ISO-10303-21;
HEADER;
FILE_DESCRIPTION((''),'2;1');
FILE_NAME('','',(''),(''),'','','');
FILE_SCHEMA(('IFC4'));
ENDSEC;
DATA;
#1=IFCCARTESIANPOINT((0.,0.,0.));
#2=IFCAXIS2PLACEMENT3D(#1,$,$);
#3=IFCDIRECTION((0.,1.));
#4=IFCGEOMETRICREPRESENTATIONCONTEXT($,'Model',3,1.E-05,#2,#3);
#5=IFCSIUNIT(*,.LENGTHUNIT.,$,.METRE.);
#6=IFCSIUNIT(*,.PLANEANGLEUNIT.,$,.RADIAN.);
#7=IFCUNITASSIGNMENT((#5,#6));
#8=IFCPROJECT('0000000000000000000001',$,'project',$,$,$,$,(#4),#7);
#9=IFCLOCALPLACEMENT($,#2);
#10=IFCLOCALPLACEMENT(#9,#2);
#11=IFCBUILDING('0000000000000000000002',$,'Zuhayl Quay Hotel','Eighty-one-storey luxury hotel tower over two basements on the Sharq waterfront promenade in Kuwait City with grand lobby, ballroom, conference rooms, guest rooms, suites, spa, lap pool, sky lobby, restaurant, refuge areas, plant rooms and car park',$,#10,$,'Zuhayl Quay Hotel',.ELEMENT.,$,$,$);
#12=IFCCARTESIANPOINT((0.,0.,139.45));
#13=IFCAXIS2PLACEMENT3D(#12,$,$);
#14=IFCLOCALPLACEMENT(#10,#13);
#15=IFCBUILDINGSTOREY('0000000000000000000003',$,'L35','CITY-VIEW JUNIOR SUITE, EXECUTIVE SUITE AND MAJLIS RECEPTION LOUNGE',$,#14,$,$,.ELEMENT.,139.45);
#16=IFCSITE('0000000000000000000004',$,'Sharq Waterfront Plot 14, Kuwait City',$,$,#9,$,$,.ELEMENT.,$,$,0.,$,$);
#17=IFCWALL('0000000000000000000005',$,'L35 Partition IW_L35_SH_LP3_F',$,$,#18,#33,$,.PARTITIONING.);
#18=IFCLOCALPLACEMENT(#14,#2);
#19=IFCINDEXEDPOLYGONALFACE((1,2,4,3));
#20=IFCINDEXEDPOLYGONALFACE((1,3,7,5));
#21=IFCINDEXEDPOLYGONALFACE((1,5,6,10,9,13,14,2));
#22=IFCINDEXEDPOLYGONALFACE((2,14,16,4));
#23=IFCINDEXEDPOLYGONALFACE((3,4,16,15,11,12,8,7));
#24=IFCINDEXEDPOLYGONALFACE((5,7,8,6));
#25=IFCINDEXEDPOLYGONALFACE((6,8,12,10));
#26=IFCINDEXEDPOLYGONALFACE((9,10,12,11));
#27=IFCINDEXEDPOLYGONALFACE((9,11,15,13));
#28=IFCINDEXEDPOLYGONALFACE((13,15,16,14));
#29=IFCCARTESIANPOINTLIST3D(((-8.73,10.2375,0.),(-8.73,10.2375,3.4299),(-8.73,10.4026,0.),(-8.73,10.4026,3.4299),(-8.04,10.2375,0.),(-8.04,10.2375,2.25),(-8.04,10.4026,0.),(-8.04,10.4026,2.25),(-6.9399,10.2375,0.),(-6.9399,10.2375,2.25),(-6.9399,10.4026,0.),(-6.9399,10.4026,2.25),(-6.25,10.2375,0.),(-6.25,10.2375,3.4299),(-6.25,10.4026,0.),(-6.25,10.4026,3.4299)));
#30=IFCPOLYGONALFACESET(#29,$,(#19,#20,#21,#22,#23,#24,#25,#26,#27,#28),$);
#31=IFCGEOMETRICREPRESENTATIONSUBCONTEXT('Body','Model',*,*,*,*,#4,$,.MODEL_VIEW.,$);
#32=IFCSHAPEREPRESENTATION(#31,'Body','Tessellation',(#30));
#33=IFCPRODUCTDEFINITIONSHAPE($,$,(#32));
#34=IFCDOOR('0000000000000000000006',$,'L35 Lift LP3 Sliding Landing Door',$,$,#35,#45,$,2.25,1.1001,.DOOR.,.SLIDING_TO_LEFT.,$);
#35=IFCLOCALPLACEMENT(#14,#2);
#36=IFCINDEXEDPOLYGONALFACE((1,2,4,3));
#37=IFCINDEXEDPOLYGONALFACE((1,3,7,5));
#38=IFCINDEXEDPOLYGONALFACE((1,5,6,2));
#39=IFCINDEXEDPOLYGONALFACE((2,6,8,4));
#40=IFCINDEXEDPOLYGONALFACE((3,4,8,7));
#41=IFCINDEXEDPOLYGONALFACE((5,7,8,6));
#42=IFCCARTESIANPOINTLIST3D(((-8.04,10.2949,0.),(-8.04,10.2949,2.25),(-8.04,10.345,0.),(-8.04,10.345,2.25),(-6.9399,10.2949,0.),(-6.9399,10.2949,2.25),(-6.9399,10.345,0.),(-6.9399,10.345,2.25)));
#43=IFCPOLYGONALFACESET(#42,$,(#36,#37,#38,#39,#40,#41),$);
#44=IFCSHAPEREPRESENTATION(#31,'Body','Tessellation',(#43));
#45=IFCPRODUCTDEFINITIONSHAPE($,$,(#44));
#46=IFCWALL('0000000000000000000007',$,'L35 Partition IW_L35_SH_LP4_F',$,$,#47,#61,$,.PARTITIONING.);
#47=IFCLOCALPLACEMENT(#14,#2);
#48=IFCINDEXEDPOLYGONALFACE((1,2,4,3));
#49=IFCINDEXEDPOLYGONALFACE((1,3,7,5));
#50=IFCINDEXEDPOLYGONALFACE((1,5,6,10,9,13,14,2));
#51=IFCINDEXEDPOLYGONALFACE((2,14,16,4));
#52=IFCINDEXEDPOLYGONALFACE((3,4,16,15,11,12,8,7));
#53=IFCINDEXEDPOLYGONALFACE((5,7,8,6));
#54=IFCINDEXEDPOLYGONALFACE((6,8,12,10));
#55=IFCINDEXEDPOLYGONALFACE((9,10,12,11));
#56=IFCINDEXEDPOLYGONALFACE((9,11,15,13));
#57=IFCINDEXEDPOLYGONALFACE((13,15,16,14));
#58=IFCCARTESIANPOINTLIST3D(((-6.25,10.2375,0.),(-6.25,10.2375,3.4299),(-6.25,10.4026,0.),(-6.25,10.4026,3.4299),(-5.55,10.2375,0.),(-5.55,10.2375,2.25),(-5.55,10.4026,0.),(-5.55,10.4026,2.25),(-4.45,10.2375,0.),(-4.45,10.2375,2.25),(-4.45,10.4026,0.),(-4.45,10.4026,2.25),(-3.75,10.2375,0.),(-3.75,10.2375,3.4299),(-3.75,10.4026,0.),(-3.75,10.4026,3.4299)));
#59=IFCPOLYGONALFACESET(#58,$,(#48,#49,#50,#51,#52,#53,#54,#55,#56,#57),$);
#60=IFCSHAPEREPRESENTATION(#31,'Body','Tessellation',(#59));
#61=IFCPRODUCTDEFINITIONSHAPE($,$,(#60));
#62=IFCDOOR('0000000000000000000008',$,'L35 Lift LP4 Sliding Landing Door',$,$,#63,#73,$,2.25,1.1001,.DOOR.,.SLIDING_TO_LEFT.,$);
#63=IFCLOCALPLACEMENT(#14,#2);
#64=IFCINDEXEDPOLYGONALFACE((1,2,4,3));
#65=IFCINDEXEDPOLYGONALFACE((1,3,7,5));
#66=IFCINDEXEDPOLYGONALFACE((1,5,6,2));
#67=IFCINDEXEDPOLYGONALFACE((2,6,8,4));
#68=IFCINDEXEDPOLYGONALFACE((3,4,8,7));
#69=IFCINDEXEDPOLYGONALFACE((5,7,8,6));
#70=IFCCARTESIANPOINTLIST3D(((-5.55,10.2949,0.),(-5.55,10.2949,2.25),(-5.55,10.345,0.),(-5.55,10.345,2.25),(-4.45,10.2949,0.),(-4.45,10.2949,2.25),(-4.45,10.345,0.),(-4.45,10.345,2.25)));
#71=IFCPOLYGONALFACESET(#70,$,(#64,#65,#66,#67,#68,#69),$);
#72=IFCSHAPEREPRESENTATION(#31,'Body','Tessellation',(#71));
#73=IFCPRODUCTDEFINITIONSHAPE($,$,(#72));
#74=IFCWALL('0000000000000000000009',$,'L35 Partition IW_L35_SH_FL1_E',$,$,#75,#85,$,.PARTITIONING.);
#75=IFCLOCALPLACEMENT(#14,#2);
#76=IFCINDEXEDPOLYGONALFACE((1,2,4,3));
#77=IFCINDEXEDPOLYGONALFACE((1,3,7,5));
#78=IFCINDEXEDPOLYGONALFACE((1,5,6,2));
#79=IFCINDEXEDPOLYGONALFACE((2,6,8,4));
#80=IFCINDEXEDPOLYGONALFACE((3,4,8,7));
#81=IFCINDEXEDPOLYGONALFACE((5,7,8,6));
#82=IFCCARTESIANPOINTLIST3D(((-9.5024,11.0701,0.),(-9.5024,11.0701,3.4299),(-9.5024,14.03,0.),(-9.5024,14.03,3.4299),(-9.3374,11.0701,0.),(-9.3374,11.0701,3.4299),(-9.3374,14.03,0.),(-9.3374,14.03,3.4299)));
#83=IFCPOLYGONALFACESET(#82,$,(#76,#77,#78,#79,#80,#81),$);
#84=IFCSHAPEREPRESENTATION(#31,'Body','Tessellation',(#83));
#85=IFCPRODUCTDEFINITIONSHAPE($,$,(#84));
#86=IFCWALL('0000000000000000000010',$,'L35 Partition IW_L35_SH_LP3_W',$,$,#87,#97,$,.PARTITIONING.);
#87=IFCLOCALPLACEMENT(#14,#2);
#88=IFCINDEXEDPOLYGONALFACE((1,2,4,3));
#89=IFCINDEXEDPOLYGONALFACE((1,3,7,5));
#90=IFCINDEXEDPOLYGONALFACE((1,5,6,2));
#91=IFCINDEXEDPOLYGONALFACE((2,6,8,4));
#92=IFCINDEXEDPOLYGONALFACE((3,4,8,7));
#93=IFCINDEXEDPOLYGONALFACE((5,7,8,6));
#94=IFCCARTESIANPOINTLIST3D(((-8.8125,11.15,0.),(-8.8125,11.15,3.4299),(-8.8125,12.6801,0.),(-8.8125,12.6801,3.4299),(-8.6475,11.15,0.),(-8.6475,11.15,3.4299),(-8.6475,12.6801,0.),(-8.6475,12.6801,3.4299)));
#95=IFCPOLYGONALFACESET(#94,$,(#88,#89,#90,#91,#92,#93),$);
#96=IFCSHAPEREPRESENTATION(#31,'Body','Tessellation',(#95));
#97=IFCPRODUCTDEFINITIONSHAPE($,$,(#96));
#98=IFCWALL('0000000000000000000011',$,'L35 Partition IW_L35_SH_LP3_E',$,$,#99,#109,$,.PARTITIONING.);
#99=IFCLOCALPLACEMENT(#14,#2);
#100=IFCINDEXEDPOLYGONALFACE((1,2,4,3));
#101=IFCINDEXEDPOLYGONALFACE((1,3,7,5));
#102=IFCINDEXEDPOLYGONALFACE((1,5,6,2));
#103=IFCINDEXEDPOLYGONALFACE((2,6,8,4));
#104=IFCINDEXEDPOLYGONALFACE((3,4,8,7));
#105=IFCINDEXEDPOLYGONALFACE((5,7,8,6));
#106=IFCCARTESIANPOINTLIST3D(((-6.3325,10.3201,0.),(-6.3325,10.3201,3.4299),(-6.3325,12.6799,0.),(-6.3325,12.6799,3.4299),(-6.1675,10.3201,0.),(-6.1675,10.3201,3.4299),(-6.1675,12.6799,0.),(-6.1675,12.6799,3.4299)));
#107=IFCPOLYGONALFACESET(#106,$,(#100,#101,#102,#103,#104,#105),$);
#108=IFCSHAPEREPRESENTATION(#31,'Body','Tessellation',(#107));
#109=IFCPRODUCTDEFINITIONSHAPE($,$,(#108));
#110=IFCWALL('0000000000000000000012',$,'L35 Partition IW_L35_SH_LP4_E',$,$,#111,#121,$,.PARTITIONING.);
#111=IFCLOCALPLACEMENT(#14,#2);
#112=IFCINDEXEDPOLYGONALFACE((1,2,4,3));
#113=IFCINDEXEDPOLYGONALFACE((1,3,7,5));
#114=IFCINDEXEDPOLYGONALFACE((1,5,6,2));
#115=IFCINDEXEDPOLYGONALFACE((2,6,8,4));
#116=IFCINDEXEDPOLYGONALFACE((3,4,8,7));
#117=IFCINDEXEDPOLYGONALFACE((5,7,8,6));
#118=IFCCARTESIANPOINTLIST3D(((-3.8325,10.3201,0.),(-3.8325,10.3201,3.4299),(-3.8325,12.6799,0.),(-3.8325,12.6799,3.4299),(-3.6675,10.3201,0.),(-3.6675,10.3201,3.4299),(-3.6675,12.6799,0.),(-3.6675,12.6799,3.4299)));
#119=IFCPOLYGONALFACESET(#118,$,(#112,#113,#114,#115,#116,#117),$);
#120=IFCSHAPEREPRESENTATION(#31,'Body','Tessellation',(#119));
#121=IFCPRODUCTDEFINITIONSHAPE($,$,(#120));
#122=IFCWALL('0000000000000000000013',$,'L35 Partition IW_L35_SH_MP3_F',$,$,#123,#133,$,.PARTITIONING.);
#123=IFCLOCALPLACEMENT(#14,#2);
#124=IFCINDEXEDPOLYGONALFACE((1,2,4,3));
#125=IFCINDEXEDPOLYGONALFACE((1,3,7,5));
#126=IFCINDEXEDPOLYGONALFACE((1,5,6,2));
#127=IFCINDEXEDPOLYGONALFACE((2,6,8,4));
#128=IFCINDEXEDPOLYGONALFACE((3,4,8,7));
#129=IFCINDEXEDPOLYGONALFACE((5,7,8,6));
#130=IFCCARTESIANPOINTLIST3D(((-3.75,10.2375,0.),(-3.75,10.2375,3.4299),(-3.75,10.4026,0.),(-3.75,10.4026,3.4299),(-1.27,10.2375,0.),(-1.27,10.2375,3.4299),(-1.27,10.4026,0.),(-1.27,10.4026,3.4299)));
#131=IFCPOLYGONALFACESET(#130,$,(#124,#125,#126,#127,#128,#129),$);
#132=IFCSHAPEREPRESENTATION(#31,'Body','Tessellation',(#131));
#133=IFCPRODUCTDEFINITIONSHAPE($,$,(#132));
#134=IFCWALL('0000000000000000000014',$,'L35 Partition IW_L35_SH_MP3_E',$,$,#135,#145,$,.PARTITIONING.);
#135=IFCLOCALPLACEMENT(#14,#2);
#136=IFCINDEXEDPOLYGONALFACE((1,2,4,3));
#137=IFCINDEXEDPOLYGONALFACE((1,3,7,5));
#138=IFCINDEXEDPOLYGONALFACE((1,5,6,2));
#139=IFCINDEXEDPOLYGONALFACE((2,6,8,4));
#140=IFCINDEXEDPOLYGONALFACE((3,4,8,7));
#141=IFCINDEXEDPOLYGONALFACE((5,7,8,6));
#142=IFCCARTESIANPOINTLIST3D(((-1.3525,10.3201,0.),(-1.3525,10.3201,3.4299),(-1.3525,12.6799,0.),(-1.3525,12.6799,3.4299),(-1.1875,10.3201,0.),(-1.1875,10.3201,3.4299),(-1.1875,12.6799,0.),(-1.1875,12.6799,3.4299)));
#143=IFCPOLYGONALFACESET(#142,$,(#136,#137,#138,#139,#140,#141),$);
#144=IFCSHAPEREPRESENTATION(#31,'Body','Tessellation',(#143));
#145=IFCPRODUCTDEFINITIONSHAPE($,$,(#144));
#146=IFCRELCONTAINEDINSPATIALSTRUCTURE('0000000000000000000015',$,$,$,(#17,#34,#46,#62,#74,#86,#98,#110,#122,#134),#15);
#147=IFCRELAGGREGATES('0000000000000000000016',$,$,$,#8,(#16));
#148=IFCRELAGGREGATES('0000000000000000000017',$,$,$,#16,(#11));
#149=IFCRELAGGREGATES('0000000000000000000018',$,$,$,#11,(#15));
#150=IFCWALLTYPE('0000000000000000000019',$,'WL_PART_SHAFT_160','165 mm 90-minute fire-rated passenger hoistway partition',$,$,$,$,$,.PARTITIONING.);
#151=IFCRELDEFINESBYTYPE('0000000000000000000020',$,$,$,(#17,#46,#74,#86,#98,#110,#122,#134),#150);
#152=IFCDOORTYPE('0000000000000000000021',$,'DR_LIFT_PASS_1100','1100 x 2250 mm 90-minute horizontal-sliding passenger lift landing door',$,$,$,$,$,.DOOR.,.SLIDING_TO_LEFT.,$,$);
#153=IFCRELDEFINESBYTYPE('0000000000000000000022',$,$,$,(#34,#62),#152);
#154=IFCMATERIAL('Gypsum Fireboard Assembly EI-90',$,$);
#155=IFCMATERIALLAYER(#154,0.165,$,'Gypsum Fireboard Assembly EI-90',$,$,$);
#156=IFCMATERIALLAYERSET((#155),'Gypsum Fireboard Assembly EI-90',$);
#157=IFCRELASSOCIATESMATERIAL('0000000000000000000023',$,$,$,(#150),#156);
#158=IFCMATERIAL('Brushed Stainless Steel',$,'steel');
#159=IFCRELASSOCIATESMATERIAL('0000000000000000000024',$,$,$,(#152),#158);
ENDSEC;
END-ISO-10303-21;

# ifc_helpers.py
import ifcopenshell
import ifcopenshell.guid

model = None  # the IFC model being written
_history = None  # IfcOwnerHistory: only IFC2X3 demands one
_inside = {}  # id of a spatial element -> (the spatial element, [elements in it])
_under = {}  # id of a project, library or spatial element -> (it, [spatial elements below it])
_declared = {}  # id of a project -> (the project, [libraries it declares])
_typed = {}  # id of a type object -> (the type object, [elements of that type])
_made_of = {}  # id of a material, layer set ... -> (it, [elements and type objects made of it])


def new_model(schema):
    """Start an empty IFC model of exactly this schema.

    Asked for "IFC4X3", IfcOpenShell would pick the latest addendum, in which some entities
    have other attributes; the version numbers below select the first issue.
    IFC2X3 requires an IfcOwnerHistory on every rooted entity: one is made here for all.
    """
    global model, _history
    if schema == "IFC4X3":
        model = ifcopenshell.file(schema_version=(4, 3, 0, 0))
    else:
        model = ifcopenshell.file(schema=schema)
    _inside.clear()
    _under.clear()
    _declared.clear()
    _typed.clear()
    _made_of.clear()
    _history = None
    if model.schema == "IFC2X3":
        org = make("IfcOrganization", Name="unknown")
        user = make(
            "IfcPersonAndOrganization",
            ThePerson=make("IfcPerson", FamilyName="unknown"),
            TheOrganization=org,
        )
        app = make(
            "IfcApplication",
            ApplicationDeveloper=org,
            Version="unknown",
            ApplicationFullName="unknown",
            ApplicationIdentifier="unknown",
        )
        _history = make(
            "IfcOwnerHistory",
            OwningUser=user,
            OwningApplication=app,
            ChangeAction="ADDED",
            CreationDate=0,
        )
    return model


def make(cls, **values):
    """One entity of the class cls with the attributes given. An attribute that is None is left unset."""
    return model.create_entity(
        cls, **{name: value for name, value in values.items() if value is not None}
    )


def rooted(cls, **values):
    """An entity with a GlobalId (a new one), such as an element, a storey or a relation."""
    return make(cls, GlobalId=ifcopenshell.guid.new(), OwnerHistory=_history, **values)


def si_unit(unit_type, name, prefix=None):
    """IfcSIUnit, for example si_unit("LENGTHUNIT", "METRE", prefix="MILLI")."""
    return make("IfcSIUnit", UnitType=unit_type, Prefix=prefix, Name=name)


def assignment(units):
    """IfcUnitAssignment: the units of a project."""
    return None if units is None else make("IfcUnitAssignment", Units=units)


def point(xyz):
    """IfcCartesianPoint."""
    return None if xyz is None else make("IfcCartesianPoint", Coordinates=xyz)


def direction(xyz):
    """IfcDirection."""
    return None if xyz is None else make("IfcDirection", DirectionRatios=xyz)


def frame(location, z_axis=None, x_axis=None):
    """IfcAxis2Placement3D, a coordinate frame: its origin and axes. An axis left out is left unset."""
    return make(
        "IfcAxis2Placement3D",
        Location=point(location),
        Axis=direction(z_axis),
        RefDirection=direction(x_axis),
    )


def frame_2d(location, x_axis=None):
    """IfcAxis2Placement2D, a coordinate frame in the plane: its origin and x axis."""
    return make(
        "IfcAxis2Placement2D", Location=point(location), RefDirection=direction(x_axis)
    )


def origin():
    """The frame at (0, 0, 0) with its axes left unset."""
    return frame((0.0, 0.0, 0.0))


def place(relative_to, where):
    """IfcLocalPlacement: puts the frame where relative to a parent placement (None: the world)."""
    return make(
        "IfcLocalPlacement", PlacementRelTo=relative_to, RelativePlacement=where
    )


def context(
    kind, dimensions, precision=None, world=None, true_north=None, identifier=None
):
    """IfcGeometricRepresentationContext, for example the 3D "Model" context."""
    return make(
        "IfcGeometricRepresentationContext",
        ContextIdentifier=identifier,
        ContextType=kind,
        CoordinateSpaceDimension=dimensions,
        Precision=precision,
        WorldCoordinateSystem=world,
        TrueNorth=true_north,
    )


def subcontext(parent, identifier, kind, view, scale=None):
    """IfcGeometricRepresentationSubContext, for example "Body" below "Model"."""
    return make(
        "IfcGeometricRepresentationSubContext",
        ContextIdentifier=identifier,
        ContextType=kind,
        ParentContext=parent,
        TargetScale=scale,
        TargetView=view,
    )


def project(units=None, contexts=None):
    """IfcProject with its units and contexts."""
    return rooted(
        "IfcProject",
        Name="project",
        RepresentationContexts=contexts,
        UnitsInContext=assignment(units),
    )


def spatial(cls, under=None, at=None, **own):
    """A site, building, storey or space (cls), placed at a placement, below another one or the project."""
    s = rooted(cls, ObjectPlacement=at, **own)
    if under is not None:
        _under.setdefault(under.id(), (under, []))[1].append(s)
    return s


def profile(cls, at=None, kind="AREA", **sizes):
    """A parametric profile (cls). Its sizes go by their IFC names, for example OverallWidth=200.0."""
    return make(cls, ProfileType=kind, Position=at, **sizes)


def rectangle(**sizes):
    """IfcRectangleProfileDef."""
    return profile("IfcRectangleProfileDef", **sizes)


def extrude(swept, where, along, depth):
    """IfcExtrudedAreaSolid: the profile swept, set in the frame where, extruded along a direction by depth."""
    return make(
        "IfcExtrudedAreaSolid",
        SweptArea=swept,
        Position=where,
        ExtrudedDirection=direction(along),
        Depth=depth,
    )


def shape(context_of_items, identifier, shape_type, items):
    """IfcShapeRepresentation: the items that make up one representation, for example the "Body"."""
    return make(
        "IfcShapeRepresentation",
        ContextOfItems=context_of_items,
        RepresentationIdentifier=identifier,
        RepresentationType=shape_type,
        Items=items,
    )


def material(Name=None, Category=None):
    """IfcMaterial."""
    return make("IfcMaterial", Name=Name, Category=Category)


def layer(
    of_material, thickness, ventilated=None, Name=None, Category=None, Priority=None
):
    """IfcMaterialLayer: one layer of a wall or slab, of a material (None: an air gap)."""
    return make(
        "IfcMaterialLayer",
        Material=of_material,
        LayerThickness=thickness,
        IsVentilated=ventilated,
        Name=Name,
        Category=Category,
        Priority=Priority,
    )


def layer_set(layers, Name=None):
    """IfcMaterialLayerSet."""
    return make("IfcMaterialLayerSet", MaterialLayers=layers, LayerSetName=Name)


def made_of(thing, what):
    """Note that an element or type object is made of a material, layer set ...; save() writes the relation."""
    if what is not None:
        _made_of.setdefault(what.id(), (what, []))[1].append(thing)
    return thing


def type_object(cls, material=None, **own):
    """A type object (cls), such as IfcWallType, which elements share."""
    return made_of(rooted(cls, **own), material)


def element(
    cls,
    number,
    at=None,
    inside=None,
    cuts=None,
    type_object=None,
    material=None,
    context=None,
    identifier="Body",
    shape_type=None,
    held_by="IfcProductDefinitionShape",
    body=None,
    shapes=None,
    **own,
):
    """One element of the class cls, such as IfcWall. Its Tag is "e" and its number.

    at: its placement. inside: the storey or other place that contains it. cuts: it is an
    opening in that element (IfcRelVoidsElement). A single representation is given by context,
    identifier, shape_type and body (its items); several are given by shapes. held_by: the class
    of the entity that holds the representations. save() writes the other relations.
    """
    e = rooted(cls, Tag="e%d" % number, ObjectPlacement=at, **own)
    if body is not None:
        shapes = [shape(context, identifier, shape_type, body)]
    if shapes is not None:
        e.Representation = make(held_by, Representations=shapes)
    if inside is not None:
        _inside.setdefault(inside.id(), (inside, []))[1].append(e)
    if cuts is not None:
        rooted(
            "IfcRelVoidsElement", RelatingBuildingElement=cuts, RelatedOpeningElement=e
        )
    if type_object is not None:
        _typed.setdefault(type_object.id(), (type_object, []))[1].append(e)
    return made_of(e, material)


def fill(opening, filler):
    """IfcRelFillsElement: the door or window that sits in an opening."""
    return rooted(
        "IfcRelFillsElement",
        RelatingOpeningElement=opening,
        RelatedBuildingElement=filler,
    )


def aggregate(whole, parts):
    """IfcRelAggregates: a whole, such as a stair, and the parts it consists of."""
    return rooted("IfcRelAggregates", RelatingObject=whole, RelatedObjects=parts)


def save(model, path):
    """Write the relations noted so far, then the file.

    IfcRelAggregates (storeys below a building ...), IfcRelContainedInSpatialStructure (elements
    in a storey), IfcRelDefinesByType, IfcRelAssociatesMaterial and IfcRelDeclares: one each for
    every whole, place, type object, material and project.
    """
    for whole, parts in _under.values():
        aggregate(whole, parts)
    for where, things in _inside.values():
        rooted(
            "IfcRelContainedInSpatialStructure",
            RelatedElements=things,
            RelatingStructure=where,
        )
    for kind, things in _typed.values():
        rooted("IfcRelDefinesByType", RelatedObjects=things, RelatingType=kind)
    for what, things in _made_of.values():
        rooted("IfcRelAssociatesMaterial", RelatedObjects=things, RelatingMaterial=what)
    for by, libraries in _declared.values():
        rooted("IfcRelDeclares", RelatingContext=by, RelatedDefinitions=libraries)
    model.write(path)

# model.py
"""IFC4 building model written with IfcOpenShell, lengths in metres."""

from ifc_helpers import new_model, si_unit, direction, frame, frame_2d, origin, place, context, subcontext, project, spatial, rectangle, extrude, material, layer, layer_set, type_object, element, fill, save


model = new_model("IFC4")

# Units and contexts
model_context = context("Model", 3, precision=1e-05, world=origin(), true_north=direction((0.0, 1.0)))
body_context = subcontext(model_context, "Body", "Model", "MODEL_VIEW")
ifc_project = project(units=[si_unit("LENGTHUNIT", "METRE"), si_unit("PLANEANGLEUNIT", "RADIAN")], contexts=[model_context])

# Site, building, storey
site_placement = place(None, origin())
site = spatial("IfcSite", under=ifc_project, at=site_placement, Name="Sharq Waterfront Plot 14, Kuwait City", CompositionType="ELEMENT", RefElevation=0.0)
building_placement = place(site_placement, origin())
building = spatial("IfcBuilding", under=site, at=building_placement, Name="Zuhayl Quay Hotel", Description="Eighty-one-storey luxury hotel tower over two basements on the Sharq waterfront promenade in Kuwait City with grand lobby, ballroom, conference rooms, guest rooms, suites, spa, lap pool, sky lobby, restaurant, refuge areas, plant rooms and car park", LongName="Zuhayl Quay Hotel", CompositionType="ELEMENT")
storey_placement = place(building_placement, frame((0.0, 0.0, 139.45)))
storey = spatial("IfcBuildingStorey", under=building, at=storey_placement, Name="L35", Description="CITY-VIEW JUNIOR SUITE, EXECUTIVE SUITE AND MAJLIS RECEPTION LOUNGE", CompositionType="ELEMENT", Elevation=139.45)

# Walls, openings, doors
ifc_material_1 = material(Name="Gypsum Fireboard Assembly EI-90")
ifc_layer_1 = layer(ifc_material_1, 0.165, Name="Gypsum Fireboard Assembly EI-90")
ifc_layer_set_1 = layer_set([ifc_layer_1], Name="Gypsum Fireboard Assembly EI-90")
wall_type_1 = type_object("IfcWallType", Name="WL_PART_SHAFT_160", Description="165 mm 90-minute fire-rated passenger hoistway partition", PredefinedType="PARTITIONING", material=ifc_layer_set_1)
wall_1_placement = place(storey_placement, frame((-8.73, 10.3201, 0.0), z_axis=(0.0, 0.0, 1.0), x_axis=(1.0, 0.0, 0.0)))
wall_1 = element("IfcWall", 1, at=wall_1_placement, inside=storey, type_object=wall_type_1, Name="L35 Partition IW_L35_SH_LP3_F", PredefinedType="PARTITIONING", context=body_context, shape_type="SweptSolid", body=[
    extrude(rectangle(XDim=2.48, YDim=0.165, at=frame_2d((1.24, 0.0))), origin(), (0.0, 0.0, 1.0), 3.4299),
])
opening_1_placement = place(wall_1_placement, frame((0.6899, 0.0, 0.0)))
opening_1 = element("IfcOpeningElement", 2, at=opening_1_placement, cuts=wall_1, PredefinedType="OPENING", context=body_context, shape_type="SweptSolid", body=[
    extrude(rectangle(XDim=1.1001, YDim=2.25, at=frame_2d((0.55, 1.125))), frame((0.0, 0.0925, 0.0), z_axis=(0.0, -1.0, 0.0), x_axis=(1.0, 0.0, 0.0)), (0.0, 0.0, 1.0), 0.1851),
])
ifc_material_2 = material(Name="Brushed Stainless Steel", Category="steel")
door_type_1 = type_object("IfcDoorType", Name="DR_LIFT_PASS_1100", Description="1100 x 2250 mm 90-minute horizontal-sliding passenger lift landing door", OperationType="SLIDING_TO_LEFT", PredefinedType="DOOR", material=ifc_material_2)
door_1_placement = place(opening_1_placement, origin())
door_1 = element("IfcDoor", 3, at=door_1_placement, inside=storey, type_object=door_type_1, Name="L35 Lift LP3 Sliding Landing Door", OperationType="SLIDING_TO_LEFT", OverallHeight=2.25, OverallWidth=1.1001, PredefinedType="DOOR", context=body_context, shape_type="SweptSolid", body=[
    extrude(rectangle(XDim=1.1001, YDim=2.25, at=frame_2d((0.55, 1.125))), frame((0.0, 0.0249, 0.0), z_axis=(0.0, -1.0, 0.0), x_axis=(1.0, 0.0, 0.0)), (0.0, 0.0, 1.0), 0.05),
])
fill(opening_1, door_1)
wall_2_placement = place(storey_placement, frame((-6.25, 10.3201, 0.0), z_axis=(0.0, 0.0, 1.0), x_axis=(1.0, 0.0, 0.0)))
wall_2 = element("IfcWall", 4, at=wall_2_placement, inside=storey, type_object=wall_type_1, Name="L35 Partition IW_L35_SH_LP4_F", PredefinedType="PARTITIONING", context=body_context, shape_type="SweptSolid", body=[
    extrude(rectangle(XDim=2.5, YDim=0.165, at=frame_2d((1.25, 0.0))), origin(), (0.0, 0.0, 1.0), 3.4299),
])
opening_2_placement = place(wall_2_placement, frame((0.7, 0.0, 0.0)))
opening_2 = element("IfcOpeningElement", 5, at=opening_2_placement, cuts=wall_2, PredefinedType="OPENING", context=body_context, shape_type="SweptSolid", body=[
    extrude(rectangle(XDim=1.1001, YDim=2.25, at=frame_2d((0.55, 1.125))), frame((0.0, 0.0925, 0.0), z_axis=(0.0, -1.0, 0.0), x_axis=(1.0, 0.0, 0.0)), (0.0, 0.0, 1.0), 0.1851),
])
door_2_placement = place(opening_2_placement, origin())
door_2 = element("IfcDoor", 6, at=door_2_placement, inside=storey, type_object=door_type_1, Name="L35 Lift LP4 Sliding Landing Door", OperationType="SLIDING_TO_LEFT", OverallHeight=2.25, OverallWidth=1.1001, PredefinedType="DOOR", context=body_context, shape_type="SweptSolid", body=[
    extrude(rectangle(XDim=1.1001, YDim=2.25, at=frame_2d((0.55, 1.125))), frame((0.0, 0.0249, 0.0), z_axis=(0.0, -1.0, 0.0), x_axis=(1.0, 0.0, 0.0)), (0.0, 0.0, 1.0), 0.05),
])
fill(opening_2, door_2)

# Walls
wall_3_placement = place(storey_placement, frame((-9.4199, 11.0701, 0.0), z_axis=(0.0, 0.0, 1.0), x_axis=(0.0, 1.0, 0.0)))
element("IfcWall", 7, at=wall_3_placement, inside=storey, type_object=wall_type_1, Name="L35 Partition IW_L35_SH_FL1_E", PredefinedType="PARTITIONING", context=body_context, shape_type="SweptSolid", body=[
    extrude(rectangle(XDim=2.96, YDim=0.165, at=frame_2d((1.48, 0.0))), origin(), (0.0, 0.0, 1.0), 3.4299),
])
wall_4_placement = place(storey_placement, frame((-8.73, 11.1499, 0.0), z_axis=(0.0, 0.0, 1.0), x_axis=(0.0, 1.0, 0.0)))
element("IfcWall", 8, at=wall_4_placement, inside=storey, type_object=wall_type_1, Name="L35 Partition IW_L35_SH_LP3_W", PredefinedType="PARTITIONING", context=body_context, shape_type="SweptSolid", body=[
    extrude(rectangle(XDim=1.53, YDim=0.165, at=frame_2d((0.7651, 0.0))), origin(), (0.0, 0.0, 1.0), 3.4299),
])
for number, where, z_axis, x_axis, name in (
    (9, (-6.25, 10.3201, 0.0), (0.0, 0.0, 1.0), (0.0, 1.0, 0.0), "L35 Partition IW_L35_SH_LP3_E"),
    (10, (-3.75, 10.3201, 0.0), (0.0, 0.0, 1.0), (0.0, 1.0, 0.0), "L35 Partition IW_L35_SH_LP4_E"),
):
    element("IfcWall", number, at=place(storey_placement, frame(where, z_axis=z_axis, x_axis=x_axis)), inside=storey, type_object=wall_type_1, Name=name, PredefinedType="PARTITIONING", context=body_context, shape_type="SweptSolid", body=[
        extrude(rectangle(XDim=2.3599, YDim=0.165, at=frame_2d((1.1799, 0.0))), origin(), (0.0, 0.0, 1.0), 3.4299),
    ])
wall_5_placement = place(storey_placement, frame((-3.75, 10.3201, 0.0), z_axis=(0.0, 0.0, 1.0), x_axis=(1.0, 0.0, 0.0)))
element("IfcWall", 11, at=wall_5_placement, inside=storey, type_object=wall_type_1, Name="L35 Partition IW_L35_SH_MP3_F", PredefinedType="PARTITIONING", context=body_context, shape_type="SweptSolid", body=[
    extrude(rectangle(XDim=2.48, YDim=0.165, at=frame_2d((1.24, 0.0))), origin(), (0.0, 0.0, 1.0), 3.4299),
])
wall_6_placement = place(storey_placement, frame((-1.27, 10.3201, 0.0), z_axis=(0.0, 0.0, 1.0), x_axis=(0.0, 1.0, 0.0)))
element("IfcWall", 12, at=wall_6_placement, inside=storey, type_object=wall_type_1, Name="L35 Partition IW_L35_SH_MP3_E", PredefinedType="PARTITIONING", context=body_context, shape_type="SweptSolid", body=[
    extrude(rectangle(XDim=2.3599, YDim=0.165, at=frame_2d((1.1799, 0.0))), origin(), (0.0, 0.0, 1.0), 3.4299),
])

save(model, "model.ifc")
